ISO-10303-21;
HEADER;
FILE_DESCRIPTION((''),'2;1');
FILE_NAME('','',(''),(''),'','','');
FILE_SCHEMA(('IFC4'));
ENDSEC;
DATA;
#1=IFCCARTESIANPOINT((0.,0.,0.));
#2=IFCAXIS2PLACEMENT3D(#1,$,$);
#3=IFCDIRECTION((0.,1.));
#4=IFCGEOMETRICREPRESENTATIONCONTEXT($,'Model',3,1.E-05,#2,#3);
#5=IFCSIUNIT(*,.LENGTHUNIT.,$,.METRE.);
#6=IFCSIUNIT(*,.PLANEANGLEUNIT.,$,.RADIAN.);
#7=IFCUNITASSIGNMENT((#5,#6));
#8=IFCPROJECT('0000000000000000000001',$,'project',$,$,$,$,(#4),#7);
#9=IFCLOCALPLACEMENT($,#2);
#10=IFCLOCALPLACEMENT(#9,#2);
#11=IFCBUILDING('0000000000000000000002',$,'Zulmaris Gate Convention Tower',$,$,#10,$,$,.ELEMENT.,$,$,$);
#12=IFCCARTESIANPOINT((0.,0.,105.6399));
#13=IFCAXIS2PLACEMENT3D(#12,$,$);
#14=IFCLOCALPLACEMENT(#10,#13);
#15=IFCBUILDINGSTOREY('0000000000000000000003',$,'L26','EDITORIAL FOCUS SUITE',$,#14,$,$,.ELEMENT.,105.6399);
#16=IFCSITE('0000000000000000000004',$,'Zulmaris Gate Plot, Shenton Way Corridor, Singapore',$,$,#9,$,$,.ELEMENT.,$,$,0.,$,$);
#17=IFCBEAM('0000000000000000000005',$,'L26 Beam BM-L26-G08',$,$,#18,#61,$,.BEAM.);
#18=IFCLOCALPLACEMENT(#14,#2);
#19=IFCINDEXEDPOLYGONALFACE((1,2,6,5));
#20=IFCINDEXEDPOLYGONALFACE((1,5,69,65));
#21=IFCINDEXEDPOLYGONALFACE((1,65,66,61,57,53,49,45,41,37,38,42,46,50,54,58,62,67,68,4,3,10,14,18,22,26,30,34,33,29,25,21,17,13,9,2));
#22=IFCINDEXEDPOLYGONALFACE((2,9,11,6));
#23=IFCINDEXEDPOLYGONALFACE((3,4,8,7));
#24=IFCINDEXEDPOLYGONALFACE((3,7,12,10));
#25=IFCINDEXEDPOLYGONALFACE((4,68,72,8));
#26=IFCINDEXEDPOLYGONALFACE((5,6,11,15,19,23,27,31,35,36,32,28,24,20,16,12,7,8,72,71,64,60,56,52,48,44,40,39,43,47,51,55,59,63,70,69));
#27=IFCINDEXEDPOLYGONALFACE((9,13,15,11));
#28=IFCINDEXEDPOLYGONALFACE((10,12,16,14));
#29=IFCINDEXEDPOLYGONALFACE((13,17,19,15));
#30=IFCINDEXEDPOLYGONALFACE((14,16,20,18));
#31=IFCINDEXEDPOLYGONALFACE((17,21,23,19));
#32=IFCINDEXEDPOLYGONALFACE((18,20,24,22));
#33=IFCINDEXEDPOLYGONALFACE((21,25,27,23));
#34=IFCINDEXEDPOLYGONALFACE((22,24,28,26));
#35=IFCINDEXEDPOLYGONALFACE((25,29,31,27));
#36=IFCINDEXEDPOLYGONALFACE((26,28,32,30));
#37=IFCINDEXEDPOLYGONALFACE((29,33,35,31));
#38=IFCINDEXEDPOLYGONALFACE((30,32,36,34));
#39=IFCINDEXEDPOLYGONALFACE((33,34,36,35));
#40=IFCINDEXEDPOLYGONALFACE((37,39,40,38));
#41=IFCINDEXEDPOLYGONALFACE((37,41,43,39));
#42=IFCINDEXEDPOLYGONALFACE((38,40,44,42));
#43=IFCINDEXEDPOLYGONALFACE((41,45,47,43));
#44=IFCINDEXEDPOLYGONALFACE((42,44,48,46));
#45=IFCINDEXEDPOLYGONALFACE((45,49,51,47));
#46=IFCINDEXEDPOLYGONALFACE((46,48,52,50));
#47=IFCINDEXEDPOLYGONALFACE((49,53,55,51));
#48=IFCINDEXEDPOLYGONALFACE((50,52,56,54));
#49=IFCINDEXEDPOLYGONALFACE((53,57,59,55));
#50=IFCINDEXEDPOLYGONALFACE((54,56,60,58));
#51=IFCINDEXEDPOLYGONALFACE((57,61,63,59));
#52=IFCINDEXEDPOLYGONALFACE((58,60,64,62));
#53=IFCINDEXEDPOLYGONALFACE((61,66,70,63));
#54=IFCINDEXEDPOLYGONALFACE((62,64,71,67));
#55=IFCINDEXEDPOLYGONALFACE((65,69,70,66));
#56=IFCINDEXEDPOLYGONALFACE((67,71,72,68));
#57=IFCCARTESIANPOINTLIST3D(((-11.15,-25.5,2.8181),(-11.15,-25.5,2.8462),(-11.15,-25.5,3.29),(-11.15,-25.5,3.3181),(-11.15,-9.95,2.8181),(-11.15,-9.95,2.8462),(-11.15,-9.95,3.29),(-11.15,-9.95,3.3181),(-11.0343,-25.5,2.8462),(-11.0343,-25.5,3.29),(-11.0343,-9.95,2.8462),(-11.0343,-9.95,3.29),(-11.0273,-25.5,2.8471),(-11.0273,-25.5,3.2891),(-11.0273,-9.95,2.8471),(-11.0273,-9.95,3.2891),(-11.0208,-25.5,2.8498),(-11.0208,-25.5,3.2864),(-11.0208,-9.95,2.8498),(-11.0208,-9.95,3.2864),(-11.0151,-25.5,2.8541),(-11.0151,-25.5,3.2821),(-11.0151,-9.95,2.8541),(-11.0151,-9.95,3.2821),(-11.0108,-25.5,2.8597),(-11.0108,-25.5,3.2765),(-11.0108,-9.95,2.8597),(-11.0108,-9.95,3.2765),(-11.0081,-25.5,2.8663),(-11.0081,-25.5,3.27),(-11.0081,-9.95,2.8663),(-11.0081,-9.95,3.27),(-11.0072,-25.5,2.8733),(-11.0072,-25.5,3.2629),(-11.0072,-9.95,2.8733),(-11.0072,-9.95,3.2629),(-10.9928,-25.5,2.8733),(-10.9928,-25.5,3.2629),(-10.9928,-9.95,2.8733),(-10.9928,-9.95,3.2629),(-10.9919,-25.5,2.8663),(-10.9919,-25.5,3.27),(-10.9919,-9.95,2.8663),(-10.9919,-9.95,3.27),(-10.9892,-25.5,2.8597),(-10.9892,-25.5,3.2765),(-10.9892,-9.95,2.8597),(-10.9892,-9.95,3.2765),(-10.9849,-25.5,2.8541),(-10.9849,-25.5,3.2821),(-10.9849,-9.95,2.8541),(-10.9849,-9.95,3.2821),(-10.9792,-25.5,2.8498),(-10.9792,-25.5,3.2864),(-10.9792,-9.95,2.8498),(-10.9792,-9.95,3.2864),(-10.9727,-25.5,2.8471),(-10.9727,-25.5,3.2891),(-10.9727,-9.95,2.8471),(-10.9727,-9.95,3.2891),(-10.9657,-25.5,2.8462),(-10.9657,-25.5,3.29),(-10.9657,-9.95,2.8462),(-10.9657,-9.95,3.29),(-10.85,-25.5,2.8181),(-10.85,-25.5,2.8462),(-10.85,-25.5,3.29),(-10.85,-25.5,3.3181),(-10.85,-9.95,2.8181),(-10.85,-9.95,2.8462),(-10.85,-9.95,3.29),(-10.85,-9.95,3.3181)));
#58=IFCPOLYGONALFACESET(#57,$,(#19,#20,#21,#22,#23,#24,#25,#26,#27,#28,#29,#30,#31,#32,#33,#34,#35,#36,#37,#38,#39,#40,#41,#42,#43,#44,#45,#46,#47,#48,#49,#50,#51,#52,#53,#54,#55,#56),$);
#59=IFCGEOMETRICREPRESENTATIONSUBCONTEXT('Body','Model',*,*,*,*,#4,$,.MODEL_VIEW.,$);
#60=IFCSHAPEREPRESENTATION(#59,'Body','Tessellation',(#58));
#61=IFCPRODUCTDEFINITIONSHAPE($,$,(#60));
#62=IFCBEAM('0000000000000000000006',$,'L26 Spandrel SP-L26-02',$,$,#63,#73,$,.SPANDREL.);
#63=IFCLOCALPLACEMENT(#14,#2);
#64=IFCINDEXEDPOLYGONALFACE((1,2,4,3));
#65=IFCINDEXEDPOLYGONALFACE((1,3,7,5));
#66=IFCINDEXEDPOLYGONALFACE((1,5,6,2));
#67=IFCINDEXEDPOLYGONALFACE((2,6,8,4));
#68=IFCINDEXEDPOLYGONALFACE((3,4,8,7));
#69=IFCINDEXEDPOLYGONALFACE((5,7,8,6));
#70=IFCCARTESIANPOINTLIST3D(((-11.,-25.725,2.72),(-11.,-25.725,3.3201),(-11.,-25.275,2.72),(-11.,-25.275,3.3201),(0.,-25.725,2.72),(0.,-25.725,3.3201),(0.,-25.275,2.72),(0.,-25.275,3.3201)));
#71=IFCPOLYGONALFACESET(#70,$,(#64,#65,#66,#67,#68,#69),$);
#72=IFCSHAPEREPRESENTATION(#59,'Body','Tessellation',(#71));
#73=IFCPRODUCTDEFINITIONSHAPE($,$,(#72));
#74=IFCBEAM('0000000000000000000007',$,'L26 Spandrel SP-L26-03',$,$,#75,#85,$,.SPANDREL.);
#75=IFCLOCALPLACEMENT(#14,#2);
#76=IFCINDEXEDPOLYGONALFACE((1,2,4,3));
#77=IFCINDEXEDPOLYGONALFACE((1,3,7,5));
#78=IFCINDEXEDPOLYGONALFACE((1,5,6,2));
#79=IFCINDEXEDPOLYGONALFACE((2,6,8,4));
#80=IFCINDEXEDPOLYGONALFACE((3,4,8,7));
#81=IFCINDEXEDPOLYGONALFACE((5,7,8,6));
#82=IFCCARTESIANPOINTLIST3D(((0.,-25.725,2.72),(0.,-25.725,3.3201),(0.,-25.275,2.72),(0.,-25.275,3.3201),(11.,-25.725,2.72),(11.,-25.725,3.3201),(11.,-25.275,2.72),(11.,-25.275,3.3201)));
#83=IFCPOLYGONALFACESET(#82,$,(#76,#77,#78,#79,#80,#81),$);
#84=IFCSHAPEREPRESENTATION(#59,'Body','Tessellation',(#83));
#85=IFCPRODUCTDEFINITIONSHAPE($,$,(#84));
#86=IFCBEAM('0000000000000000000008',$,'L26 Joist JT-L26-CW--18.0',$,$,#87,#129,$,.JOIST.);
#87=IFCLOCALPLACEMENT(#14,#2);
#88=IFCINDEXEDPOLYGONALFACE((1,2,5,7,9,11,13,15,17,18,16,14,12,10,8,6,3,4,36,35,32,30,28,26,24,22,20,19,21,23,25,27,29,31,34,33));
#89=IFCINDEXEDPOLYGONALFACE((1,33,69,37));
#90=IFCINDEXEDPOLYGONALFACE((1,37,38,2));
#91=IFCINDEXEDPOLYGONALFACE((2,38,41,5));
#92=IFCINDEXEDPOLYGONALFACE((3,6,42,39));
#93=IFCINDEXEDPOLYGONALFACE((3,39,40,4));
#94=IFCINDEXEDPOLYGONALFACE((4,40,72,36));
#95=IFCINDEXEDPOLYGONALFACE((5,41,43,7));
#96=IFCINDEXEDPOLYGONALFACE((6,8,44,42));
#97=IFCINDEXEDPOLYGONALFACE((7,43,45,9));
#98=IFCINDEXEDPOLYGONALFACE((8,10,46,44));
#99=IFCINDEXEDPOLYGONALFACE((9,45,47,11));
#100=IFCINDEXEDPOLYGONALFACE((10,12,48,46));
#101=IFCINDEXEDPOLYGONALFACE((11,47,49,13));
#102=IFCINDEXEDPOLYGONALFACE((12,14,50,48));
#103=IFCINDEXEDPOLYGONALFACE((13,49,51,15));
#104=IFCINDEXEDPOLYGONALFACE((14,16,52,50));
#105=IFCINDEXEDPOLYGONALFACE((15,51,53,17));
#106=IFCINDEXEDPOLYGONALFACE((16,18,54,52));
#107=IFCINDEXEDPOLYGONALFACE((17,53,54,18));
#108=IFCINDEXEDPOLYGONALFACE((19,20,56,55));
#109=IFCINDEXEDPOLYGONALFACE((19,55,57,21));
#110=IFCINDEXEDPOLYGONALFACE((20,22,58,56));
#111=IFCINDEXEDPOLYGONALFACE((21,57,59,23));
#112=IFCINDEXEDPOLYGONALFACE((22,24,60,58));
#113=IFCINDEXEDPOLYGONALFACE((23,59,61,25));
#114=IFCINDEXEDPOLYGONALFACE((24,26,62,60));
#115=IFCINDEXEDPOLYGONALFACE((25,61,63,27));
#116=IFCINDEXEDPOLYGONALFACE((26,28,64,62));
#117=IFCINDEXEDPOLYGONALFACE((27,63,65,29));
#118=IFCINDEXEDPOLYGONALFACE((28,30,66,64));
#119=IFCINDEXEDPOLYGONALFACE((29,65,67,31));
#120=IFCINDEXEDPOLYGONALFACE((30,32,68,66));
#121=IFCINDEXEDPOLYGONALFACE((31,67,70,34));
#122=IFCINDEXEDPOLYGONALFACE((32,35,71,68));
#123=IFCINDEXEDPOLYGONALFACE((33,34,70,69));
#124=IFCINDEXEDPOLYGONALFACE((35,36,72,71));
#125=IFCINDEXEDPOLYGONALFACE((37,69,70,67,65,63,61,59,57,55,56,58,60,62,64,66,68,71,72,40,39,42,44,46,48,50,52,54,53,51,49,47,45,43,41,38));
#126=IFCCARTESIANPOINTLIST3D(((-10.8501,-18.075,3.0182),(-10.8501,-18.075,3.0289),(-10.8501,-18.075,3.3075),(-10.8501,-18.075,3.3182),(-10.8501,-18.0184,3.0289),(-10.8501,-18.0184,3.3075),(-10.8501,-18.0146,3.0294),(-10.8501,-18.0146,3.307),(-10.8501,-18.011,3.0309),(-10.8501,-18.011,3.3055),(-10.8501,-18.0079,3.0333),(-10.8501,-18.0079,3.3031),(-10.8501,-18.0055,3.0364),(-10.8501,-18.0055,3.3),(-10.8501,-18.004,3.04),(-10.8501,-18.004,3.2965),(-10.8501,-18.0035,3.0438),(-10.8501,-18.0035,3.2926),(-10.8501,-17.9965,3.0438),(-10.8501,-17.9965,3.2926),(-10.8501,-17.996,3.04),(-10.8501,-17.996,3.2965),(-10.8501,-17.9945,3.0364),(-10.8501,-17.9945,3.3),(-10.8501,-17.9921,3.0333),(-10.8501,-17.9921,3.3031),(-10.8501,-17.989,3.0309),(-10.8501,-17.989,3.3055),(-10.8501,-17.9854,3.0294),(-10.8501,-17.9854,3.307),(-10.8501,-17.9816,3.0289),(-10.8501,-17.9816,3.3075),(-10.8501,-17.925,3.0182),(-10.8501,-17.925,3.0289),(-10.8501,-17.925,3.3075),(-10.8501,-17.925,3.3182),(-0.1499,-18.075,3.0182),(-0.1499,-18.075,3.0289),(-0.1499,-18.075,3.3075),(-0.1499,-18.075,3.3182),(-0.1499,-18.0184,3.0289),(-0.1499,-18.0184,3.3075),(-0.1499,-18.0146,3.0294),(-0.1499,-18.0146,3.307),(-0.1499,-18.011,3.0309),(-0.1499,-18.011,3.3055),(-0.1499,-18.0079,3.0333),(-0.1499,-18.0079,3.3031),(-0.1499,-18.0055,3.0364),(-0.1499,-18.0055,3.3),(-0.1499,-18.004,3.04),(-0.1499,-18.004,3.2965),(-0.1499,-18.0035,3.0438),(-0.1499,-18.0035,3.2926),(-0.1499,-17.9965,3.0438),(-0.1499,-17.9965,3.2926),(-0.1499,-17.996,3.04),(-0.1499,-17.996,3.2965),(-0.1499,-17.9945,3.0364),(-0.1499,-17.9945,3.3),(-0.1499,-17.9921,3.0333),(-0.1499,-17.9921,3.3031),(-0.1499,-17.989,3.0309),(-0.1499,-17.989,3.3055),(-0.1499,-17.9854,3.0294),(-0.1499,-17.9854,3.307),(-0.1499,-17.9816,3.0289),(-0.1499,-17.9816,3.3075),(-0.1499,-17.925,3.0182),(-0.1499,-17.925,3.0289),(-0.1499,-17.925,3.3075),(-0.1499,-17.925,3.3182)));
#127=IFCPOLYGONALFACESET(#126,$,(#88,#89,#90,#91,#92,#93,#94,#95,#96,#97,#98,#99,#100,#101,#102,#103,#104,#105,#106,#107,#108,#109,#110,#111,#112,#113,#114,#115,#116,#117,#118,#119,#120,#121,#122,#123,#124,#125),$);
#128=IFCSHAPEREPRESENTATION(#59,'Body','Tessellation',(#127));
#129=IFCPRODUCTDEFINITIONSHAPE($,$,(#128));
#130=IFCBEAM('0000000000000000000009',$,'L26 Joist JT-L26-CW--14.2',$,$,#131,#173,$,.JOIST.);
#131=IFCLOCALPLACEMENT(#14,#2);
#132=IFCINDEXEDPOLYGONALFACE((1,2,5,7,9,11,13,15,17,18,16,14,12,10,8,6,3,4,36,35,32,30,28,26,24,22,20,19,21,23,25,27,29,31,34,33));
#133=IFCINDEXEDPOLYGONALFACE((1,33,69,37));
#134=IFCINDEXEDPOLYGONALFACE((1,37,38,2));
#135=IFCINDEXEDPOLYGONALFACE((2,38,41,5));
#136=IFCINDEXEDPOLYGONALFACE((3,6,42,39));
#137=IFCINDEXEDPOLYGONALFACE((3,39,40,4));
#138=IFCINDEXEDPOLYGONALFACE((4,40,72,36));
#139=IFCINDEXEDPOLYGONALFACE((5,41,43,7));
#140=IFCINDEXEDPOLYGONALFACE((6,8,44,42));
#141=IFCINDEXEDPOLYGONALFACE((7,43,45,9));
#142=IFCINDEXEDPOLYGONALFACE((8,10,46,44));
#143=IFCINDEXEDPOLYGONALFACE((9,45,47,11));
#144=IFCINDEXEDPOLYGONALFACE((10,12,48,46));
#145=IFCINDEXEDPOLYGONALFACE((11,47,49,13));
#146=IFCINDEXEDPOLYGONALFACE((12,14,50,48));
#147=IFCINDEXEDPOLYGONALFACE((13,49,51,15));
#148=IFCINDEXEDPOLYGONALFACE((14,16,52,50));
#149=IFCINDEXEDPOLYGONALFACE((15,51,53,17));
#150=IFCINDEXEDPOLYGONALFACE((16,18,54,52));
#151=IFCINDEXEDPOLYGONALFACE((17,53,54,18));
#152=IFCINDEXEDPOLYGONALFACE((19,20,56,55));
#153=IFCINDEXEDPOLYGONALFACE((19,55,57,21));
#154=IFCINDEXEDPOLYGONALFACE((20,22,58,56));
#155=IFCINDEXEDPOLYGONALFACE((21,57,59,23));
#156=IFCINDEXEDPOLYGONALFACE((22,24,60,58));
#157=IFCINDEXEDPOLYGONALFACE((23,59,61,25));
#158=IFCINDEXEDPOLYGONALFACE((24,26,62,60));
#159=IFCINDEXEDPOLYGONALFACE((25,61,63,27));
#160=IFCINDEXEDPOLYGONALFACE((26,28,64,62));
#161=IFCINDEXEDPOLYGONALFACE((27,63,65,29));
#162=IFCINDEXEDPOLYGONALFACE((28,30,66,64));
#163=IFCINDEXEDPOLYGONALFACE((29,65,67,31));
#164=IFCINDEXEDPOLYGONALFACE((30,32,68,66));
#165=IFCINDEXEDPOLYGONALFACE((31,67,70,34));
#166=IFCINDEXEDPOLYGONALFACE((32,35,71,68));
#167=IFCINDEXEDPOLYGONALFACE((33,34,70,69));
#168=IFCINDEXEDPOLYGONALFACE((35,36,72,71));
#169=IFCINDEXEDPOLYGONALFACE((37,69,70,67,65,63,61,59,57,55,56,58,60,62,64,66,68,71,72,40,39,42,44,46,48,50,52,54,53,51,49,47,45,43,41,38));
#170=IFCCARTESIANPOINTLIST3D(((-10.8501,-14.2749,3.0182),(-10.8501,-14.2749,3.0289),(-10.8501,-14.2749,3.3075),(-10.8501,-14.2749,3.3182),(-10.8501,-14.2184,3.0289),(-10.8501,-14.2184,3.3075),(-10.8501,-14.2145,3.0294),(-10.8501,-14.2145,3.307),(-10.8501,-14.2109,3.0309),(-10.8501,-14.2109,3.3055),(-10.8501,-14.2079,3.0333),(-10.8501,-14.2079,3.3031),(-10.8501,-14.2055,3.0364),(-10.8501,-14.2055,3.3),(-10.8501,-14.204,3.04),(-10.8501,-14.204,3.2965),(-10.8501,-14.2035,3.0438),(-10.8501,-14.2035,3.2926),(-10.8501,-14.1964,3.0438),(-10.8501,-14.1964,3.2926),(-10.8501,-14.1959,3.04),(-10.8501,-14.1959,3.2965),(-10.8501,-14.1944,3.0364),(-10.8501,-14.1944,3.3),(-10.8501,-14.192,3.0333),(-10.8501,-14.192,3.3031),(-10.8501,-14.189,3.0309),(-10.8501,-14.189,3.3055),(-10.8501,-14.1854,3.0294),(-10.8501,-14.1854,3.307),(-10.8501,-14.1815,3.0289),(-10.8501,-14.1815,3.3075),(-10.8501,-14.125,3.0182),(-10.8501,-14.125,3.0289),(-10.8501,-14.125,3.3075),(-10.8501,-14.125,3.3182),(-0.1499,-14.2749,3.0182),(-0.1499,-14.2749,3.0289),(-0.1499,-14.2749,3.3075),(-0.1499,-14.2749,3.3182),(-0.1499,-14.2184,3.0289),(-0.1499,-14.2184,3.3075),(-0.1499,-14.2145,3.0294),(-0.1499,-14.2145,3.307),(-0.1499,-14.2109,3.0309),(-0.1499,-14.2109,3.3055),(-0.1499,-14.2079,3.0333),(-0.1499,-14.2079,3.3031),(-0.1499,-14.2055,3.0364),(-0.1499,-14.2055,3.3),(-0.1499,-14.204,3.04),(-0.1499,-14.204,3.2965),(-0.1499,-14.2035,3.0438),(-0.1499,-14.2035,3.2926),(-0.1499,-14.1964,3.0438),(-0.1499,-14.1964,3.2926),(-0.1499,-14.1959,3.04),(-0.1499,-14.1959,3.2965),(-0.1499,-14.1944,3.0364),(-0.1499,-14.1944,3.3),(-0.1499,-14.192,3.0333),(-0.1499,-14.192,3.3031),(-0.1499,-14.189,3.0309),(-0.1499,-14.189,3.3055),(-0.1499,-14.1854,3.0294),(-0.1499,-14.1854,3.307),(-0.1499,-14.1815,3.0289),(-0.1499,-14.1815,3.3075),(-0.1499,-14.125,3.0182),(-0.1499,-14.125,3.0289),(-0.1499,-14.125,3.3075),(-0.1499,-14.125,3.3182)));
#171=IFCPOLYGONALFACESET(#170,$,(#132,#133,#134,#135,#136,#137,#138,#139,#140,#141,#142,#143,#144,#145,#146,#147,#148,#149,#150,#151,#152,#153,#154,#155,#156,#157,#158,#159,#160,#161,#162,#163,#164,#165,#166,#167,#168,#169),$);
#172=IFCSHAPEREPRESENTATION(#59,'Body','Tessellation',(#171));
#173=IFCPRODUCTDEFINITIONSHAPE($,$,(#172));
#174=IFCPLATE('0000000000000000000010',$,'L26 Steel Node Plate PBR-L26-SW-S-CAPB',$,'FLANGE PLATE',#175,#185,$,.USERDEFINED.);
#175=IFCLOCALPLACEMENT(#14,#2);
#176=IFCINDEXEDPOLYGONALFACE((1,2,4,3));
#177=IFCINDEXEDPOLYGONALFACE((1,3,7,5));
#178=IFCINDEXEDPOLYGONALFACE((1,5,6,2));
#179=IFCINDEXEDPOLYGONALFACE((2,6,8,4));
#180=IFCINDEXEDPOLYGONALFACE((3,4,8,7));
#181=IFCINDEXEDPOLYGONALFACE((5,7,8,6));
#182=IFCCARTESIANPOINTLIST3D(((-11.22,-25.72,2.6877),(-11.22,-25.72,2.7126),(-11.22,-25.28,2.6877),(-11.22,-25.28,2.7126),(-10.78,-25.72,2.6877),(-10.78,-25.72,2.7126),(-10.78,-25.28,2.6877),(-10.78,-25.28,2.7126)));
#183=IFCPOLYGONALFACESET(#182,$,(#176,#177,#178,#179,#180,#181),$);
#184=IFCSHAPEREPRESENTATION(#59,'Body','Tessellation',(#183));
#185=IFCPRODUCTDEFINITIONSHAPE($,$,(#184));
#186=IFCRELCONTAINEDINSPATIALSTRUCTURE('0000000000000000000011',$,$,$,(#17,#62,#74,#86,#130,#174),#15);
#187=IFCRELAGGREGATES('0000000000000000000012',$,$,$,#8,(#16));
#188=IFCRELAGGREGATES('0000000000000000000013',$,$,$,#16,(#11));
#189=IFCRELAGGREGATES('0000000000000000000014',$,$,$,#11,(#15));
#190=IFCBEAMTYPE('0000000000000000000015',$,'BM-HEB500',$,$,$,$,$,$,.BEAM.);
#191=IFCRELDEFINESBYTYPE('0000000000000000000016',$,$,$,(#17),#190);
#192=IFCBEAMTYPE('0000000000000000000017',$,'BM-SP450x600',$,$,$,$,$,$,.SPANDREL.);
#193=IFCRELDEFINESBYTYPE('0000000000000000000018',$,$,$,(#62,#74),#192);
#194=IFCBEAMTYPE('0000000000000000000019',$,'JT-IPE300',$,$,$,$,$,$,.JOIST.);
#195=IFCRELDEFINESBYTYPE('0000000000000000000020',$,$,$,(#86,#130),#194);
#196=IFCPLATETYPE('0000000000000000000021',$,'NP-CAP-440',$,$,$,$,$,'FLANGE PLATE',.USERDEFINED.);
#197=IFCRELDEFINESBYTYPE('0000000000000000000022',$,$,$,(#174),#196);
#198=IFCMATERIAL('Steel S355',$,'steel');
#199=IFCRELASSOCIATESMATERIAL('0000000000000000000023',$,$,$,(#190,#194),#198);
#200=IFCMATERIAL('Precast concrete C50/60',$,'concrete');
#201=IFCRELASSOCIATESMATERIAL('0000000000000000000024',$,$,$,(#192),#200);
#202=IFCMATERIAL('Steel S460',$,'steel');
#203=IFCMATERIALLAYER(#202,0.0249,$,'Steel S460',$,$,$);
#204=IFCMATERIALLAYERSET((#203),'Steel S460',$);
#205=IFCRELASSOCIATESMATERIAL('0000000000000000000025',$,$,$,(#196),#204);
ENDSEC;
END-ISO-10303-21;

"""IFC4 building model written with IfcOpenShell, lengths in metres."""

from ifc_helpers import new_model, si_unit, direction, frame, origin, origin_2d, place, context, subcontext, project, spatial, rectangle, i_section, extrude, material, layer, layer_set, material_profile, profile_set, type_object, element, save


model = new_model("IFC4")

# Units and contexts
model_context = context("Model", 3, precision=1e-05, world=origin(), true_north=direction((0.0, 1.0)))
body_context = subcontext(model_context, "Body", "Model", "MODEL_VIEW")
ifc_project = project(units=[si_unit("LENGTHUNIT", "METRE"), si_unit("PLANEANGLEUNIT", "RADIAN")], contexts=[model_context])

# Site, building, storey
site_placement = place(None, origin())
site = spatial("IfcSite", under=ifc_project, at=site_placement, Name="Zulmaris Gate Plot, Shenton Way Corridor, Singapore", CompositionType="ELEMENT", RefElevation=0.0)
building_placement = place(site_placement, origin())
building = spatial("IfcBuilding", under=site, at=building_placement, Name="Zulmaris Gate Convention Tower", CompositionType="ELEMENT")
storey_placement = place(building_placement, frame((0.0, 0.0, 105.6399)))
storey = spatial("IfcBuildingStorey", under=building, at=storey_placement, Name="L26", Description="EDITORIAL FOCUS SUITE", CompositionType="ELEMENT", Elevation=105.6399)

# Beams
ifc_material_1 = material(Name="Steel S355", Category="steel")
ifc_material_profile_1 = material_profile(ifc_material_1, i_section(OverallWidth=0.3, OverallDepth=0.5, WebThickness=0.0144, FlangeThickness=0.0281, FilletRadius=0.0271, at=origin_2d()), Name="HEB 500")
ifc_profile_set_1 = profile_set([ifc_material_profile_1], Name="Steel S355")
beam_type_1 = type_object("IfcBeamType", Name="BM-HEB500", PredefinedType="BEAM", material=ifc_profile_set_1)
beam_1_placement = place(storey_placement, frame((-11.0, -25.5, 3.0681), z_axis=(0.0, 1.0, 0.0), x_axis=(-1.0, 0.0, 0.0)))
element("IfcBeam", 1, at=beam_1_placement, inside=storey, type_object=beam_type_1, Name="L26 Beam BM-L26-G08", PredefinedType="BEAM", context=body_context, shape_type="SweptSolid", body=[
    extrude(i_section(OverallWidth=0.3, OverallDepth=0.5, WebThickness=0.0144, FlangeThickness=0.0281, FilletRadius=0.0271, at=origin_2d()), origin(), (0.0, 0.0, 1.0), 15.55),
])
ifc_material_2 = material(Name="Precast concrete C50/60", Category="concrete")
ifc_material_profile_2 = material_profile(ifc_material_2, rectangle(XDim=0.45, YDim=0.6001, at=origin_2d()), Name="RC SPANDREL 450x600")
ifc_profile_set_2 = profile_set([ifc_material_profile_2], Name="Precast concrete C50/60")
beam_type_2 = type_object("IfcBeamType", Name="BM-SP450x600", PredefinedType="SPANDREL", material=ifc_profile_set_2)
for number, where, z_axis, x_axis, name in (
    (2, (-11.0, -25.5, 3.02), (1.0, 0.0, 0.0), (0.0, 1.0, 0.0), "L26 Spandrel SP-L26-02"),
    (3, (0.0, -25.5, 3.02), (1.0, 0.0, 0.0), (0.0, 1.0, 0.0), "L26 Spandrel SP-L26-03"),
):
    element("IfcBeam", number, at=place(storey_placement, frame(where, z_axis=z_axis, x_axis=x_axis)), inside=storey, type_object=beam_type_2, Name=name, PredefinedType="SPANDREL", context=body_context, shape_type="SweptSolid", body=[
        extrude(rectangle(XDim=0.45, YDim=0.6001, at=origin_2d()), origin(), (0.0, 0.0, 1.0), 11.0),
    ])
ifc_material_profile_3 = material_profile(ifc_material_1, i_section(OverallWidth=0.1499, OverallDepth=0.3, WebThickness=0.0071, FlangeThickness=0.0107, FilletRadius=0.0149, at=origin_2d()), Name="IPE 300")
ifc_profile_set_3 = profile_set([ifc_material_profile_3], Name="Steel S355")
beam_type_3 = type_object("IfcBeamType", Name="JT-IPE300", PredefinedType="JOIST", material=ifc_profile_set_3)
for number, where, z_axis, x_axis, name in (
    (4, (-10.8501, -18.0, 3.1682), (1.0, 0.0, 0.0), (0.0, 1.0, 0.0), "L26 Joist JT-L26-CW--18.0"),
    (5, (-10.8501, -14.2, 3.1682), (1.0, 0.0, 0.0), (0.0, 1.0, 0.0), "L26 Joist JT-L26-CW--14.2"),
):
    element("IfcBeam", number, at=place(storey_placement, frame(where, z_axis=z_axis, x_axis=x_axis)), inside=storey, type_object=beam_type_3, Name=name, PredefinedType="JOIST", context=body_context, shape_type="SweptSolid", body=[
        extrude(i_section(OverallWidth=0.1499, OverallDepth=0.3, WebThickness=0.0071, FlangeThickness=0.0107, FilletRadius=0.0149, at=origin_2d()), origin(), (0.0, 0.0, 1.0), 10.7002),
    ])

# Plate
ifc_material_3 = material(Name="Steel S460", Category="steel")
ifc_layer_1 = layer(ifc_material_3, 0.0249, Name="Steel S460")
ifc_layer_set_1 = layer_set([ifc_layer_1], Name="Steel S460")
plate_type = type_object("IfcPlateType", Name="NP-CAP-440", ElementType="FLANGE PLATE", PredefinedType="USERDEFINED", material=ifc_layer_set_1)
plate_placement = place(storey_placement, frame((-11.0, -25.5, 2.6877), z_axis=(0.0, 0.0, 1.0), x_axis=(1.0, 0.0, 0.0)))
element("IfcPlate", 6, at=plate_placement, inside=storey, type_object=plate_type, Name="L26 Steel Node Plate PBR-L26-SW-S-CAPB", ObjectType="FLANGE PLATE", PredefinedType="USERDEFINED", context=body_context, shape_type="SweptSolid", body=[
    extrude(rectangle(XDim=0.4399, YDim=0.4399, at=origin_2d()), origin(), (0.0, 0.0, 1.0), 0.0249),
])

save(model, "model.ifc")
